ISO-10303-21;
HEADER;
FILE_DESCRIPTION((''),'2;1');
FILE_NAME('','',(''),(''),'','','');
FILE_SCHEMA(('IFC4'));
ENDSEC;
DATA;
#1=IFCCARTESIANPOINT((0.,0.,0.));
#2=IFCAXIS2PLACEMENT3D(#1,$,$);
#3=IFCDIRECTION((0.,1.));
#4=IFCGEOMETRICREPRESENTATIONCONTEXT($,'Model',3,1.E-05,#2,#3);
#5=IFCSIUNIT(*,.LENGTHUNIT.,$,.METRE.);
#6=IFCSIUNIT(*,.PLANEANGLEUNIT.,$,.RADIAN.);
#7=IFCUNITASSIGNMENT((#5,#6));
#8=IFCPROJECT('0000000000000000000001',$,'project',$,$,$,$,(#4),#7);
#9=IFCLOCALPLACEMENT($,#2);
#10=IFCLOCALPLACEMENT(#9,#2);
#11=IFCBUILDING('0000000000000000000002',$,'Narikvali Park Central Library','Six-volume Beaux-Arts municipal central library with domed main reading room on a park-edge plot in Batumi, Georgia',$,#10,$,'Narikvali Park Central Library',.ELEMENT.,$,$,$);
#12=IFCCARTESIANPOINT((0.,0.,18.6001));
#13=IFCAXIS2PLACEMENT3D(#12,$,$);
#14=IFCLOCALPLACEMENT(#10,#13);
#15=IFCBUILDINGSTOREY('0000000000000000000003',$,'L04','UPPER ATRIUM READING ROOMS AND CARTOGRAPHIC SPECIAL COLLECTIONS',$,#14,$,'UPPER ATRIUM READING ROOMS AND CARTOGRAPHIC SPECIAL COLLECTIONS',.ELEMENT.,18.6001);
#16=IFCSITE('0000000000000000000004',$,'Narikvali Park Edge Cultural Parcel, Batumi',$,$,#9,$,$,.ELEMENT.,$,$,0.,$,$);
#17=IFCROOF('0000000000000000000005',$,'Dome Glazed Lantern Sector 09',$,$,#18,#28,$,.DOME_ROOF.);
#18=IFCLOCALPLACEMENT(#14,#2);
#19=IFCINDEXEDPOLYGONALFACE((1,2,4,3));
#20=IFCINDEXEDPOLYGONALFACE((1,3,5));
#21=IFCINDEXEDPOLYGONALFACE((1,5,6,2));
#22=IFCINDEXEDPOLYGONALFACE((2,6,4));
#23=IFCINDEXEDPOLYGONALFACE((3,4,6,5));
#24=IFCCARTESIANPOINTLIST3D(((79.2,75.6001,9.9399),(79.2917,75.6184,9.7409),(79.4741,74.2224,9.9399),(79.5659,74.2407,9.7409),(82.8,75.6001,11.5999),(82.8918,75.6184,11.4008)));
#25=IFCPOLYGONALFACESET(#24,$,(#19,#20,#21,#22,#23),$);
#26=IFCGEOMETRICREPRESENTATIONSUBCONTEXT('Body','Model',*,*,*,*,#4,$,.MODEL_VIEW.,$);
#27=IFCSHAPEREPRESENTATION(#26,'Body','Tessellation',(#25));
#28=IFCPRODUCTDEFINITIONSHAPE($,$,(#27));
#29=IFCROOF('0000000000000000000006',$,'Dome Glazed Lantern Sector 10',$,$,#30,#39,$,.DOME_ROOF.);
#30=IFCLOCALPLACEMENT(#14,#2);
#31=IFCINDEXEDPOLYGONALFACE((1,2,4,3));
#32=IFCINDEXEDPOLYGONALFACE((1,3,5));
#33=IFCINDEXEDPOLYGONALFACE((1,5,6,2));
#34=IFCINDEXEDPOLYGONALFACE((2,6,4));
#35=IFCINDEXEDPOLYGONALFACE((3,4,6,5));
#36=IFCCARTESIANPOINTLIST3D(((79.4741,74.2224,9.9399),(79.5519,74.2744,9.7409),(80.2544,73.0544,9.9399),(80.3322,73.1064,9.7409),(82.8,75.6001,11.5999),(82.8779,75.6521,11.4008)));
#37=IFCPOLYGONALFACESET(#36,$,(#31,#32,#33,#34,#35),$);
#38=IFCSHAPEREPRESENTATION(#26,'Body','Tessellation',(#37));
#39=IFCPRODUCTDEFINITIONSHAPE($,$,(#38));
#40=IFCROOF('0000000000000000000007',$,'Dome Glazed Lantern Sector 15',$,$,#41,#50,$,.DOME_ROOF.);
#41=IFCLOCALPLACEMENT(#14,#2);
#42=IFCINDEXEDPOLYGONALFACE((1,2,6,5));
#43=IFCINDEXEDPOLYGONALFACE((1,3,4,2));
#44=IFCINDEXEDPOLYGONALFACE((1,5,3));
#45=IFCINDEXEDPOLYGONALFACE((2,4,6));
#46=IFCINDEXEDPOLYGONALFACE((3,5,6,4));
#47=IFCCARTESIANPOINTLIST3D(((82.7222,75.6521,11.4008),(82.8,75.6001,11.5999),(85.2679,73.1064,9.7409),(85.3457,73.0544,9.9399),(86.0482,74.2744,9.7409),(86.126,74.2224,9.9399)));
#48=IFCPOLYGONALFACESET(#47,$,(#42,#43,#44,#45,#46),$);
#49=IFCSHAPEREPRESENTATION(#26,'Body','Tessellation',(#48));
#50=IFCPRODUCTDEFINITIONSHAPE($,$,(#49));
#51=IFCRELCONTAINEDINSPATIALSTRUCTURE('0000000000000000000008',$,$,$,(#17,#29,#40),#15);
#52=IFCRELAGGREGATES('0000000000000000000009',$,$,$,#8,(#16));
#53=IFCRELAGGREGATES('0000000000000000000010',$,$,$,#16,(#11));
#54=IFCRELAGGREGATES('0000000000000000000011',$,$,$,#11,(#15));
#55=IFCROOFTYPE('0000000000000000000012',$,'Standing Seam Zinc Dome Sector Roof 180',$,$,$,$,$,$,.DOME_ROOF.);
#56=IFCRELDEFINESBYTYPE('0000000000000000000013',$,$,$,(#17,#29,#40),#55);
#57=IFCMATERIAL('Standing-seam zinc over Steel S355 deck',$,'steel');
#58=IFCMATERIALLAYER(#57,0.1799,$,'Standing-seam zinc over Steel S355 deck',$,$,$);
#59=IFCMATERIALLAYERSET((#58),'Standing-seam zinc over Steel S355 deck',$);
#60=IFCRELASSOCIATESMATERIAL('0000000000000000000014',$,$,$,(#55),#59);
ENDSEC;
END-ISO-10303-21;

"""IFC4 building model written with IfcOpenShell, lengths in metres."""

from ifc_helpers import new_model, si_unit, direction, frame, origin, place, context, subcontext, project, spatial, polyline, outline, extrude, material, layer, layer_set, type_object, element, save


model = new_model("IFC4")

# Units and contexts
model_context = context("Model", 3, precision=1e-05, world=origin(), true_north=direction((0.0, 1.0)))
body_context = subcontext(model_context, "Body", "Model", "MODEL_VIEW")
ifc_project = project(units=[si_unit("LENGTHUNIT", "METRE"), si_unit("PLANEANGLEUNIT", "RADIAN")], contexts=[model_context])

# Site, building, storey
site_placement = place(None, origin())
site = spatial("IfcSite", under=ifc_project, at=site_placement, Name="Narikvali Park Edge Cultural Parcel, Batumi", CompositionType="ELEMENT", RefElevation=0.0)
building_placement = place(site_placement, origin())
building = spatial("IfcBuilding", under=site, at=building_placement, Name="Narikvali Park Central Library", Description="Six-volume Beaux-Arts municipal central library with domed main reading room on a park-edge plot in Batumi, Georgia", LongName="Narikvali Park Central Library", CompositionType="ELEMENT")
storey_placement = place(building_placement, frame((0.0, 0.0, 18.6001)))
storey = spatial("IfcBuildingStorey", under=building, at=storey_placement, Name="L04", Description="UPPER ATRIUM READING ROOMS AND CARTOGRAPHIC SPECIAL COLLECTIONS", LongName="UPPER ATRIUM READING ROOMS AND CARTOGRAPHIC SPECIAL COLLECTIONS", CompositionType="ELEMENT", Elevation=18.6001)

# Roofs
ifc_material_1 = material(Name="Standing-seam zinc over Steel S355 deck", Category="steel")
ifc_layer_1 = layer(ifc_material_1, 0.1799, Name="Standing-seam zinc over Steel S355 deck")
ifc_layer_set_1 = layer_set([ifc_layer_1], Name="Standing-seam zinc over Steel S355 deck")
roof_type = type_object("IfcRoofType", Name="Standing Seam Zinc Dome Sector Roof 180", PredefinedType="DOME_ROOF", material=ifc_layer_set_1)
roof_1_placement = place(storey_placement, frame((79.2, 75.6001, 9.9399), z_axis=(-0.417264, -0.083039, 0.904983), x_axis=(0.19518, -0.980767, 0.0)))
element("IfcRoof", 1, at=roof_1_placement, inside=storey, type_object=roof_type, Name="Dome Glazed Lantern Sector 09", PredefinedType="DOME_ROOF", context=body_context, shape_type="SweptSolid", body=[
    extrude(outline(polyline([(0.0, 0.0), (1.4047, 0.0), (0.7027, 3.9016), (0.0, 0.0)])), origin(), (0.0, 0.0, -1.0), 0.22),
])
roof_2_placement = place(storey_placement, frame((79.4741, 74.2224, 9.9399), z_axis=(-0.353765, -0.236336, 0.904984), x_axis=(0.555502, -0.831515, 0.0)))
element("IfcRoof", 2, at=roof_2_placement, inside=storey, type_object=roof_type, Name="Dome Glazed Lantern Sector 10", PredefinedType="DOME_ROOF", context=body_context, shape_type="SweptSolid", body=[
    extrude(outline(polyline([(0.0, 0.0), (1.4046, 0.0), (0.702, 3.9016), (0.0, 0.0)])), origin(), (0.0, 0.0, -1.0), 0.22),
])
roof_3_placement = place(storey_placement, frame((85.3457, 73.0544, 9.9399), z_axis=(0.353765, -0.236336, 0.904984), x_axis=(0.555502, 0.831515, 0.0)))
element("IfcRoof", 3, at=roof_3_placement, inside=storey, type_object=roof_type, Name="Dome Glazed Lantern Sector 15", PredefinedType="DOME_ROOF", context=body_context, shape_type="SweptSolid", body=[
    extrude(outline(polyline([(0.0, 0.0), (1.4046, 0.0), (0.7026, 3.9016), (0.0, 0.0)])), origin(), (0.0, 0.0, -1.0), 0.22),
])

save(model, "model.ifc")
